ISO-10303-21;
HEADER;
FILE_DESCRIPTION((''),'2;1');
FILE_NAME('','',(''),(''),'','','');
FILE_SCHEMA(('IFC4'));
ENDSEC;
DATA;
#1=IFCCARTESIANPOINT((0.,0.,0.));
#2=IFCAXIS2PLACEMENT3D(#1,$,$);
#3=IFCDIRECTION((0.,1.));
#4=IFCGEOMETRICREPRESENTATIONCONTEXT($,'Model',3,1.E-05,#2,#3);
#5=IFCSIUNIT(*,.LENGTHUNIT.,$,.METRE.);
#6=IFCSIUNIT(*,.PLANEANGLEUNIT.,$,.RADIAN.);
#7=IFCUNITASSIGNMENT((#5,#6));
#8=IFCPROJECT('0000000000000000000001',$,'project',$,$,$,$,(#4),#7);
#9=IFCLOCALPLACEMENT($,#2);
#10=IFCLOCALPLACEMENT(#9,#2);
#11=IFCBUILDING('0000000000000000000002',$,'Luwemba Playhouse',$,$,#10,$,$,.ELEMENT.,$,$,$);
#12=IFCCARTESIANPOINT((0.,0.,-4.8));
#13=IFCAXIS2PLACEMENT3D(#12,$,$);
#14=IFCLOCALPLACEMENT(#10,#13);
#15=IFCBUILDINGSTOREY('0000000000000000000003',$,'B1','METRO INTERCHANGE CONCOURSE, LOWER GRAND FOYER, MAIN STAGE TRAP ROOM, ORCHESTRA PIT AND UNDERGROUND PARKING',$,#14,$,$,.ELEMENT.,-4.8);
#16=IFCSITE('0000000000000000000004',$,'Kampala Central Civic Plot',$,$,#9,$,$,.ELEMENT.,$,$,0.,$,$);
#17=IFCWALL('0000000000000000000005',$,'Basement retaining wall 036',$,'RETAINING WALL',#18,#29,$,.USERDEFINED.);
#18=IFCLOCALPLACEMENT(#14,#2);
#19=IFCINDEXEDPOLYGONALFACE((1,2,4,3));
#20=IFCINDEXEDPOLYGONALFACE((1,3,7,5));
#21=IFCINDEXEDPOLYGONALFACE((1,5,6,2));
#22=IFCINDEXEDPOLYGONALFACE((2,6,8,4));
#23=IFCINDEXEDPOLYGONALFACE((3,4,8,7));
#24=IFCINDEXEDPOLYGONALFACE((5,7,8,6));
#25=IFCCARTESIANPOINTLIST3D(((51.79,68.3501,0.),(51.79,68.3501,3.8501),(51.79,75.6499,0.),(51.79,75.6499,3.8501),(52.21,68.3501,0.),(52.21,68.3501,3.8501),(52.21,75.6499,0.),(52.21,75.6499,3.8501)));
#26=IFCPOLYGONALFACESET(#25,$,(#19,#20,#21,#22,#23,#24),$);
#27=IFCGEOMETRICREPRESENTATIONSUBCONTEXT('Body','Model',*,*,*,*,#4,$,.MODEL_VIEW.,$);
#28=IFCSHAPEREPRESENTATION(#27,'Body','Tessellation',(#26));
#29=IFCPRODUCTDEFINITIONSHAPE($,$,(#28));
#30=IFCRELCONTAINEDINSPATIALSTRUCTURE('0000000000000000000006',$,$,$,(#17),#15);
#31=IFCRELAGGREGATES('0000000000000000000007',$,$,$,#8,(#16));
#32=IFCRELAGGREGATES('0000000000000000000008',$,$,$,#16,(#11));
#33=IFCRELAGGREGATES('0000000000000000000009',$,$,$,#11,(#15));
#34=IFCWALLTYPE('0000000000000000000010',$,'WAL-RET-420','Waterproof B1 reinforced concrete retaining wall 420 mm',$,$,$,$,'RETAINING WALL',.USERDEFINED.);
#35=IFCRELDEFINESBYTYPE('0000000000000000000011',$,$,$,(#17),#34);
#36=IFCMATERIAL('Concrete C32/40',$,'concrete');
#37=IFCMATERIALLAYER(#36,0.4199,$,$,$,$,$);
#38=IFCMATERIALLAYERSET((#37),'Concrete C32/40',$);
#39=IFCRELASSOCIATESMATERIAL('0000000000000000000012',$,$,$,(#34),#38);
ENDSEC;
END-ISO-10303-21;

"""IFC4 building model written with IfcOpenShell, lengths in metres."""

from ifc_helpers import new_model, si_unit, direction, frame, frame_2d, origin, place, context, subcontext, project, spatial, rectangle, extrude, material, layer, layer_set, type_object, element, save


model = new_model("IFC4")

# Units and contexts
model_context = context("Model", 3, precision=1e-05, world=origin(), true_north=direction((0.0, 1.0)))
body_context = subcontext(model_context, "Body", "Model", "MODEL_VIEW")
ifc_project = project(units=[si_unit("LENGTHUNIT", "METRE"), si_unit("PLANEANGLEUNIT", "RADIAN")], contexts=[model_context])

# Site, building, storey
site_placement = place(None, origin())
site = spatial("IfcSite", under=ifc_project, at=site_placement, Name="Kampala Central Civic Plot", CompositionType="ELEMENT", RefElevation=0.0)
building_placement = place(site_placement, origin())
building = spatial("IfcBuilding", under=site, at=building_placement, Name="Luwemba Playhouse", CompositionType="ELEMENT")
storey_placement = place(building_placement, frame((0.0, 0.0, -4.8)))
storey = spatial("IfcBuildingStorey", under=building, at=storey_placement, Name="B1", Description="METRO INTERCHANGE CONCOURSE, LOWER GRAND FOYER, MAIN STAGE TRAP ROOM, ORCHESTRA PIT AND UNDERGROUND PARKING", CompositionType="ELEMENT", Elevation=-4.8)

# Shared definitions
ifc_material_1 = material(Name="Concrete C32/40", Category="concrete")

# Wall
ifc_layer_1 = layer(ifc_material_1, 0.4199)
ifc_layer_set_1 = layer_set([ifc_layer_1], Name="Concrete C32/40")
wall_type_1 = type_object("IfcWallType", Name="WAL-RET-420", Description="Waterproof B1 reinforced concrete retaining wall 420 mm", ElementType="RETAINING WALL", PredefinedType="USERDEFINED", material=ifc_layer_set_1)
wall_1_placement = place(storey_placement, frame((52.0, 75.6499, 0.0), z_axis=(0.0, 0.0, 1.0), x_axis=(0.0, -1.0, 0.0)))
element("IfcWall", 1, at=wall_1_placement, inside=storey, type_object=wall_type_1, Name="Basement retaining wall 036", ObjectType="RETAINING WALL", PredefinedType="USERDEFINED", context=body_context, shape_type="SweptSolid", body=[
    extrude(rectangle(XDim=7.2998, YDim=0.4199, at=frame_2d((3.6499, 0.0))), origin(), (0.0, 0.0, 1.0), 3.8501),
])

save(model, "model.ifc")
